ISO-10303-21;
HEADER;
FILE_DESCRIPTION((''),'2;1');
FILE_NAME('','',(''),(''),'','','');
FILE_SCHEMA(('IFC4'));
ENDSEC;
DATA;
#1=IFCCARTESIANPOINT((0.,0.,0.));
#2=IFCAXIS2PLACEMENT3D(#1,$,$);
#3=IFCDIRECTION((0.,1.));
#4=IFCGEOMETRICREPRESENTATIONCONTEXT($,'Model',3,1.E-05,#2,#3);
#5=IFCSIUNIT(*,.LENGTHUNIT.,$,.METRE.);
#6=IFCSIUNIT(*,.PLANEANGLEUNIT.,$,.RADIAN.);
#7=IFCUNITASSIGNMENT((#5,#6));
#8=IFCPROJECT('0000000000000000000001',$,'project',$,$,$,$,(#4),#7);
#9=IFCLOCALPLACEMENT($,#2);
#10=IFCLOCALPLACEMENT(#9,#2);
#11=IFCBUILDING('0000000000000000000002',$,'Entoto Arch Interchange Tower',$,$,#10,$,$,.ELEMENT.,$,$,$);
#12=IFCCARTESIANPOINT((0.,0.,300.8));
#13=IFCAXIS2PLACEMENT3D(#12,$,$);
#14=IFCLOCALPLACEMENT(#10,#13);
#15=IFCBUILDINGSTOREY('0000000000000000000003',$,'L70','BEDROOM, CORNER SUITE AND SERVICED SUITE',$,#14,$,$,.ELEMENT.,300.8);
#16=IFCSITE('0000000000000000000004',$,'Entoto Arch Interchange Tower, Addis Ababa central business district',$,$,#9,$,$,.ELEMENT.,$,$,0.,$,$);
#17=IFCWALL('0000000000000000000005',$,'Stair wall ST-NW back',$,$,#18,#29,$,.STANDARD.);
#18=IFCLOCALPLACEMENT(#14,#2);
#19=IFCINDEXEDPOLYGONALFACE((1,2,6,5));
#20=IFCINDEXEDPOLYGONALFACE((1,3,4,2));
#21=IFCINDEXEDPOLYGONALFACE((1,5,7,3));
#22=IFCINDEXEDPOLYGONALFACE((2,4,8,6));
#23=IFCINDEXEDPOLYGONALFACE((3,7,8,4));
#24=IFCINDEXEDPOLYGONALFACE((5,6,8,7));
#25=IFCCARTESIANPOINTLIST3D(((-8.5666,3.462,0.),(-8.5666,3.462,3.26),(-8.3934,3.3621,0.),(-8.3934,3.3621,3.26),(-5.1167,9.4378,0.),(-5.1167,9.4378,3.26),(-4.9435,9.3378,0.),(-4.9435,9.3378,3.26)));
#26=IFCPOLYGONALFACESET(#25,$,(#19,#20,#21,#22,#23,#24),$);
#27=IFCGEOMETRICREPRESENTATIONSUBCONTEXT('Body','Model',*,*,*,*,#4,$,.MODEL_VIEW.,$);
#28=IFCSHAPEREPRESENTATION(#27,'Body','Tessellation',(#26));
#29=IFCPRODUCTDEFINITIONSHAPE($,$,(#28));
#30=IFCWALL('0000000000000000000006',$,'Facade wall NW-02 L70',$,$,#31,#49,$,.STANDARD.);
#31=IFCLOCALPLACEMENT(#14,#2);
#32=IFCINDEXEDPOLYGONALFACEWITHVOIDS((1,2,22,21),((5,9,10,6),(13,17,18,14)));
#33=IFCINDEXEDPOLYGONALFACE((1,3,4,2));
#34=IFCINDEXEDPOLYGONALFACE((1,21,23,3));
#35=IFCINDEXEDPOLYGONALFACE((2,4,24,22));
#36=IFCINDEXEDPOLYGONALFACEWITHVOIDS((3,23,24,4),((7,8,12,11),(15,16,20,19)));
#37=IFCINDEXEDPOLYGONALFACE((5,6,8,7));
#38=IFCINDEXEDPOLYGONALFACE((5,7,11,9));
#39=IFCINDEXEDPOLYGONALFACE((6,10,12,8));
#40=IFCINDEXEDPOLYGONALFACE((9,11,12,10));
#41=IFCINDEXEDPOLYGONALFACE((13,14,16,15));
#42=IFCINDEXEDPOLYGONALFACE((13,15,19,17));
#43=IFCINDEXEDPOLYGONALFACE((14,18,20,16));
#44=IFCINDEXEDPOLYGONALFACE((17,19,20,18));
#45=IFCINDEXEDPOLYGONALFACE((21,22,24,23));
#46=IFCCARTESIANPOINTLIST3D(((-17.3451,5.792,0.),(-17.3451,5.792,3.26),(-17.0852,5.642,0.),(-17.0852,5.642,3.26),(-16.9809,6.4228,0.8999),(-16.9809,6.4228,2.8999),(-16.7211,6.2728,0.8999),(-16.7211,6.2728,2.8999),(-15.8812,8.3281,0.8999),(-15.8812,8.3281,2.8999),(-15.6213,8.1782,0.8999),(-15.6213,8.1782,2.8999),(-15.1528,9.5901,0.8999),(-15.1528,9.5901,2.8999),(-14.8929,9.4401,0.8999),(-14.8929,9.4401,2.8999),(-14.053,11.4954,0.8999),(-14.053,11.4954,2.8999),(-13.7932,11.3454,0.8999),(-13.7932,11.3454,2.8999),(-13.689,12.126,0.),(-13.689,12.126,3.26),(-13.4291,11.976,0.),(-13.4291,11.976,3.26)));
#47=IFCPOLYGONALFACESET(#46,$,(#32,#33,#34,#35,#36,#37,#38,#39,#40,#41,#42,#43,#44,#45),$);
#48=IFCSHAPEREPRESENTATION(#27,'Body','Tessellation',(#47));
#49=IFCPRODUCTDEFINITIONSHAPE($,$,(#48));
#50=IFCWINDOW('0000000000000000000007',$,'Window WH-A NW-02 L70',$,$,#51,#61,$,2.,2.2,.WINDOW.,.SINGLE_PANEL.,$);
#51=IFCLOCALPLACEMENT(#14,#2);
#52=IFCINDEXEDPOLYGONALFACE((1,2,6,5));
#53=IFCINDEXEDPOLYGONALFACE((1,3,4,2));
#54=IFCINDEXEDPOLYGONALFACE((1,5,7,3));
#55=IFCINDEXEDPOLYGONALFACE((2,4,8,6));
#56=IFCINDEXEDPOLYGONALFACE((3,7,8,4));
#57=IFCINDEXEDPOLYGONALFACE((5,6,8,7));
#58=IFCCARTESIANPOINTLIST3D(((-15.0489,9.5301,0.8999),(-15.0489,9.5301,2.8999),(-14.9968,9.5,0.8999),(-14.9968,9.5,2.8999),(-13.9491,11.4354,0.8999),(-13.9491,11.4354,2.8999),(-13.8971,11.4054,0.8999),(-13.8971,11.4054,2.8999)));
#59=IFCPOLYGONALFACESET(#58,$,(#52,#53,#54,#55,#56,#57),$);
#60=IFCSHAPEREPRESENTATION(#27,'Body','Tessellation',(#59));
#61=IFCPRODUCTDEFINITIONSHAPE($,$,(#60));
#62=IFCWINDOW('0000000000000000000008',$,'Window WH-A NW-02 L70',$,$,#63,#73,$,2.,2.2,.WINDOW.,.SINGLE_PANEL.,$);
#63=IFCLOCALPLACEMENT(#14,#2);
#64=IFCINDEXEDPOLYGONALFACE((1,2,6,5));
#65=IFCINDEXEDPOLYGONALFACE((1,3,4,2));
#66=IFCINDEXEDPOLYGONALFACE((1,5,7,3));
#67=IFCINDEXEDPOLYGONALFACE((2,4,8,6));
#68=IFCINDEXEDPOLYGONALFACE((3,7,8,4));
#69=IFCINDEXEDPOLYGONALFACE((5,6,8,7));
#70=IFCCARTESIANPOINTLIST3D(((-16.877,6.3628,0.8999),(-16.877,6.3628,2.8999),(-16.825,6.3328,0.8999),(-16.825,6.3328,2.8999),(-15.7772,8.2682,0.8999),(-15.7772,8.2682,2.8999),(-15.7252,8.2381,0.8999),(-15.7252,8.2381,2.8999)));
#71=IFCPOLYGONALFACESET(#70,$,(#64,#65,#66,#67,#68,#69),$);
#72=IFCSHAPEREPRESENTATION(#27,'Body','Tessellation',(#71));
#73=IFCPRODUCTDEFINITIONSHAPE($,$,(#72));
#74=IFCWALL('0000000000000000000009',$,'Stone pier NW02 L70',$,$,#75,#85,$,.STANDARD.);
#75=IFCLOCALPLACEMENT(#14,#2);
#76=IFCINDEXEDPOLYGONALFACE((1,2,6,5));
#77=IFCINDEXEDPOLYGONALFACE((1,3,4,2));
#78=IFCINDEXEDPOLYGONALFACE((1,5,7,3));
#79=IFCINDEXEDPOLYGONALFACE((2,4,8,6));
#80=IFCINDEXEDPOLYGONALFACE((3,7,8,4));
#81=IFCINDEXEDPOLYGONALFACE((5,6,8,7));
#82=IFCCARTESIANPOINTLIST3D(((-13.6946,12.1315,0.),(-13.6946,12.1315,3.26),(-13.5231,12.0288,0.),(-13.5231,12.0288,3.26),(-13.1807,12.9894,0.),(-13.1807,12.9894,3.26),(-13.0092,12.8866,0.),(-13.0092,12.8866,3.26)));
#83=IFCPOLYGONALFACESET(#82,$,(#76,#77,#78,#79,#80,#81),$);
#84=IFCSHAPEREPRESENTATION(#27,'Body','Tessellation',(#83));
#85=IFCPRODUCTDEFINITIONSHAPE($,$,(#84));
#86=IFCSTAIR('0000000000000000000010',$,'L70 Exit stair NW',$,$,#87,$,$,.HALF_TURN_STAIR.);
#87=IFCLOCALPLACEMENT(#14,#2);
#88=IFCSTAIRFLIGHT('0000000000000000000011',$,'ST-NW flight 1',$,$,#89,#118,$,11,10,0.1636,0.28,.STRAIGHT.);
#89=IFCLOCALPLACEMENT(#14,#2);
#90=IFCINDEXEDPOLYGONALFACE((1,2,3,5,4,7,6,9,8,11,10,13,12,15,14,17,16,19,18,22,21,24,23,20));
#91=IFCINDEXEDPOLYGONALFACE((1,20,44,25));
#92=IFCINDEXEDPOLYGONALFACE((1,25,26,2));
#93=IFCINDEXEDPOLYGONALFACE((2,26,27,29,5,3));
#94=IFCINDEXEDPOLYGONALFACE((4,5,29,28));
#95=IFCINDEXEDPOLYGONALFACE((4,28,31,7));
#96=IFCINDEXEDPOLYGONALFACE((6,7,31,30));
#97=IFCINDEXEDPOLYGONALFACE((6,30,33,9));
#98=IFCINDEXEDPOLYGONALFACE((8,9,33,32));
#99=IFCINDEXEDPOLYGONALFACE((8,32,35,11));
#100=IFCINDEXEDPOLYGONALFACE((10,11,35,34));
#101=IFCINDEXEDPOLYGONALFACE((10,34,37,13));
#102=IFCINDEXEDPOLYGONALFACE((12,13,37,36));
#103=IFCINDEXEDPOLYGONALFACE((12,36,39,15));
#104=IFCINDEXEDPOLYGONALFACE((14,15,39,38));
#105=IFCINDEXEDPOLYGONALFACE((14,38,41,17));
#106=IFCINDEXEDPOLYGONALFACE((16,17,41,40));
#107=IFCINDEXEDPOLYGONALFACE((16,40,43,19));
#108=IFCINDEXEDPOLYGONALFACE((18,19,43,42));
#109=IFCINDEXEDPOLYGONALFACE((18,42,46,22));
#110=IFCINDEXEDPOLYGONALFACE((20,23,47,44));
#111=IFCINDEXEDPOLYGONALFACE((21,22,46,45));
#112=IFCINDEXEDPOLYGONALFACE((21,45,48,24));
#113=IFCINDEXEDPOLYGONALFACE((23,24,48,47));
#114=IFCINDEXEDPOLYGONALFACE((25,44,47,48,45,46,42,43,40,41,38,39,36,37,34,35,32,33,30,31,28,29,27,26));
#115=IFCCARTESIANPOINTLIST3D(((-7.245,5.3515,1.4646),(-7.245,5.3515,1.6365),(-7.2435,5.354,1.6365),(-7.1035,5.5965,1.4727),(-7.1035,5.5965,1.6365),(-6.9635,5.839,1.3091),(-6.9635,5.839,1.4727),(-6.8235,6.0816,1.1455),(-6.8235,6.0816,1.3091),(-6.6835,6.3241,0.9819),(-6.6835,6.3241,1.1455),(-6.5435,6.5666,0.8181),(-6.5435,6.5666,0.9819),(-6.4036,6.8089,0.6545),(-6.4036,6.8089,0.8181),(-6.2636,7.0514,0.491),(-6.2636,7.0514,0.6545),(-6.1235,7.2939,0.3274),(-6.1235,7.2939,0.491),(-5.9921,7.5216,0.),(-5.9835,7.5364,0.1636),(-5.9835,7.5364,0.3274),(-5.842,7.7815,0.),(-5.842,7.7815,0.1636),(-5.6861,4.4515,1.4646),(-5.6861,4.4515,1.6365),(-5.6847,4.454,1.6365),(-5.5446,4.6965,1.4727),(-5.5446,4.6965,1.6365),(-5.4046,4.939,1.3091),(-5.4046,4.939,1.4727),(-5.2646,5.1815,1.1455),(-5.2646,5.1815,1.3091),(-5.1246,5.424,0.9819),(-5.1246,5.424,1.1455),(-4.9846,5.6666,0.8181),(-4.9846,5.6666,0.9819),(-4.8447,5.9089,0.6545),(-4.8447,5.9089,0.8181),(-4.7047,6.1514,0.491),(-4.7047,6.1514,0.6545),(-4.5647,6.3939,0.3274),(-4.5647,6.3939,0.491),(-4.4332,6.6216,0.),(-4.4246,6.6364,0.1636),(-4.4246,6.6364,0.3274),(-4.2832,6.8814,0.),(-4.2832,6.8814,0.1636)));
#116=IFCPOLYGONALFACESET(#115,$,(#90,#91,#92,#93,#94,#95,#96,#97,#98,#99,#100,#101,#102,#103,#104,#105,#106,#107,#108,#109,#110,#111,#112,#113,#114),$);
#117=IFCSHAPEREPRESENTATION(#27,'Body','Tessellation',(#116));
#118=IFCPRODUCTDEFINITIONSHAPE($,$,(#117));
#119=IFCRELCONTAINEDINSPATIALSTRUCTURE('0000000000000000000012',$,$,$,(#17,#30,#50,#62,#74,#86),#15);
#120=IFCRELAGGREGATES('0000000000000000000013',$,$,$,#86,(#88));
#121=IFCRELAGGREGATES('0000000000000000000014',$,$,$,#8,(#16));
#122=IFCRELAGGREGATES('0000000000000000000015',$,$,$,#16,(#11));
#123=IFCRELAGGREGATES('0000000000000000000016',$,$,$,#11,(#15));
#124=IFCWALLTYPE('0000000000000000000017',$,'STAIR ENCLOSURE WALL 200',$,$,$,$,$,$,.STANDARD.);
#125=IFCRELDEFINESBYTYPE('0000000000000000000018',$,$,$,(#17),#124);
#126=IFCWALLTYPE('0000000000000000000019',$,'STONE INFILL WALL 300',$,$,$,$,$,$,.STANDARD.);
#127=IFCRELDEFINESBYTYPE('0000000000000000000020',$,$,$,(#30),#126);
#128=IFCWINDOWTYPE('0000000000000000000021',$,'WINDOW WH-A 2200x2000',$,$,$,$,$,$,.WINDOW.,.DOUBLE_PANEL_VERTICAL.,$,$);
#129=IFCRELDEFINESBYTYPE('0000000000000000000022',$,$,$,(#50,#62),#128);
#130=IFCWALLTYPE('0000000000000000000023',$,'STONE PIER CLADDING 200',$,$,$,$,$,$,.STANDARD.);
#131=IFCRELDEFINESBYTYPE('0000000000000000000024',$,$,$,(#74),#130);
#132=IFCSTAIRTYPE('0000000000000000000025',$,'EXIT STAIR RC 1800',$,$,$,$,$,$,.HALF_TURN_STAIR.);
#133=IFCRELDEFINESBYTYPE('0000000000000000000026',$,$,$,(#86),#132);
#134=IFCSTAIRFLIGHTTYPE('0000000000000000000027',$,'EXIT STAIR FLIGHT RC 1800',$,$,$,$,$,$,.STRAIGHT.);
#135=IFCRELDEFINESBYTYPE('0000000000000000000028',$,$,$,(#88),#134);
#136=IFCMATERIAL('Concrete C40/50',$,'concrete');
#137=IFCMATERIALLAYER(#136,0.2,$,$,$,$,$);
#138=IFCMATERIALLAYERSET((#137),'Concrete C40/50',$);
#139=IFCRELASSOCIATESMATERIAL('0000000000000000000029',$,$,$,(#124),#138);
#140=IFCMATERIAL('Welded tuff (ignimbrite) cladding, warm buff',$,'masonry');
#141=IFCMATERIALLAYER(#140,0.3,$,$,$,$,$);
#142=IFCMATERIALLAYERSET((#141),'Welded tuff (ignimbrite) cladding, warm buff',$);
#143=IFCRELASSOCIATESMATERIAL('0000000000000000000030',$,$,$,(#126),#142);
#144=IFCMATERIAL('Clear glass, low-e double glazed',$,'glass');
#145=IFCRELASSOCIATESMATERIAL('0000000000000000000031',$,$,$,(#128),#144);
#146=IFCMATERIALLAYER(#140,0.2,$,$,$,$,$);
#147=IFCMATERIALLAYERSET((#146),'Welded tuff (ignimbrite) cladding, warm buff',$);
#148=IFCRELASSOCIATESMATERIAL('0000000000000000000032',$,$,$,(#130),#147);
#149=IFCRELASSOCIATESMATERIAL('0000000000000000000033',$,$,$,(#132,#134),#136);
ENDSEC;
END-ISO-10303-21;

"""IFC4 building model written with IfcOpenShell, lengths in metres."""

from ifc_helpers import new_model, si_unit, direction, frame, frame_2d, origin, place, context, subcontext, project, spatial, polyline, rectangle, outline, extrude, material, layer, layer_set, type_object, element, fill, aggregate, save


model = new_model("IFC4")

# Units and contexts
model_context = context("Model", 3, precision=1e-05, world=origin(), true_north=direction((0.0, 1.0)))
body_context = subcontext(model_context, "Body", "Model", "MODEL_VIEW")
ifc_project = project(units=[si_unit("LENGTHUNIT", "METRE"), si_unit("PLANEANGLEUNIT", "RADIAN")], contexts=[model_context])

# Site, building, storey
site_placement = place(None, origin())
site = spatial("IfcSite", under=ifc_project, at=site_placement, Name="Entoto Arch Interchange Tower, Addis Ababa central business district", CompositionType="ELEMENT", RefElevation=0.0)
building_placement = place(site_placement, origin())
building = spatial("IfcBuilding", under=site, at=building_placement, Name="Entoto Arch Interchange Tower", CompositionType="ELEMENT")
storey_placement = place(building_placement, frame((0.0, 0.0, 300.8)))
storey = spatial("IfcBuildingStorey", under=building, at=storey_placement, Name="L70", Description="BEDROOM, CORNER SUITE AND SERVICED SUITE", CompositionType="ELEMENT", Elevation=300.8)

# Shared definitions
ifc_material_1 = material(Name="Concrete C40/50", Category="concrete")

# Shared definitions
ifc_layer_1 = layer(ifc_material_1, 0.2)
ifc_layer_set_1 = layer_set([ifc_layer_1], Name="Concrete C40/50")
wall_type_1 = type_object("IfcWallType", Name="STAIR ENCLOSURE WALL 200", PredefinedType="STANDARD", material=ifc_layer_set_1)

# Wall
wall_1_placement = place(storey_placement, frame((-5.03, 9.3879, 0.0), z_axis=(0.0, 0.0, 1.0), x_axis=(-0.499979, -0.866038, 0.0)))
element("IfcWall", 1, at=wall_1_placement, inside=storey, type_object=wall_type_1, Name="Stair wall ST-NW back", PredefinedType="STANDARD", context=body_context, shape_type="SweptSolid", body=[
    extrude(rectangle(XDim=6.9001, YDim=0.2, at=frame_2d((3.4502, 0.0))), origin(), (0.0, 0.0, 1.0), 3.26),
])

# Wall, openings, windows
ifc_material_2 = material(Name="Welded tuff (ignimbrite) cladding, warm buff", Category="masonry")
ifc_layer_2 = layer(ifc_material_2, 0.3)
ifc_layer_set_2 = layer_set([ifc_layer_2], Name="Welded tuff (ignimbrite) cladding, warm buff")
wall_type_2 = type_object("IfcWallType", Name="STONE INFILL WALL 300", PredefinedType="STANDARD", material=ifc_layer_set_2)
wall_2_placement = place(storey_placement, frame((-13.5591, 12.051, 0.0), z_axis=(0.0, 0.0, 1.0), x_axis=(-0.499905, -0.86608, 0.0)))
wall_2 = element("IfcWall", 2, at=wall_2_placement, inside=storey, type_object=wall_type_2, Name="Facade wall NW-02 L70", PredefinedType="STANDARD", context=body_context, shape_type="SweptSolid", body=[
    extrude(rectangle(XDim=7.3135, YDim=0.3, at=frame_2d((3.6567, 0.0))), origin(), (0.0, 0.0, 1.0), 3.26),
])
opening_1_placement = place(wall_2_placement, frame((0.728, 0.0, 0.8999)))
opening_1 = element("IfcOpeningElement", 3, at=opening_1_placement, cuts=wall_2, PredefinedType="OPENING", context=body_context, shape_type="SweptSolid", body=[
    extrude(rectangle(XDim=2.2, YDim=2.0, at=frame_2d((1.1001, 1.0))), frame((0.0, 0.1602, 0.0), z_axis=(0.0, -1.0, 0.0), x_axis=(1.0, 0.0, 0.0)), (0.0, 0.0, 1.0), 0.3201),
])
opening_2_placement = place(wall_2_placement, frame((4.385, 0.0, 0.8999)))
opening_2 = element("IfcOpeningElement", 4, at=opening_2_placement, cuts=wall_2, PredefinedType="OPENING", context=body_context, shape_type="SweptSolid", body=[
    extrude(rectangle(XDim=2.2, YDim=2.0, at=frame_2d((1.1001, 1.0))), frame((0.0, 0.1602, 0.0), z_axis=(0.0, -1.0, 0.0), x_axis=(1.0, 0.0, 0.0)), (0.0, 0.0, 1.0), 0.3201),
])
ifc_material_3 = material(Name="Clear glass, low-e double glazed", Category="glass")
window_type = type_object("IfcWindowType", Name="WINDOW WH-A 2200x2000", PartitioningType="DOUBLE_PANEL_VERTICAL", PredefinedType="WINDOW", material=ifc_material_3)
window_1_placement = place(opening_1_placement, origin())
window_1 = element("IfcWindow", 5, at=window_1_placement, inside=storey, type_object=window_type, Name="Window WH-A NW-02 L70", OverallHeight=2.0, OverallWidth=2.2, PartitioningType="SINGLE_PANEL", PredefinedType="WINDOW", context=body_context, shape_type="SweptSolid", body=[
    extrude(rectangle(XDim=2.2, YDim=2.0, at=frame_2d((1.1001, 1.0))), frame((0.0, 0.03, 0.0), z_axis=(0.0, -1.0, 0.0), x_axis=(1.0, 0.0, 0.0)), (0.0, 0.0, 1.0), 0.0601),
])
fill(opening_1, window_1)
window_2_placement = place(opening_2_placement, origin())
window_2 = element("IfcWindow", 6, at=window_2_placement, inside=storey, type_object=window_type, Name="Window WH-A NW-02 L70", OverallHeight=2.0, OverallWidth=2.2, PartitioningType="SINGLE_PANEL", PredefinedType="WINDOW", context=body_context, shape_type="SweptSolid", body=[
    extrude(rectangle(XDim=2.2, YDim=2.0, at=frame_2d((1.1001, 1.0))), frame((0.0, 0.03, 0.0), z_axis=(0.0, -1.0, 0.0), x_axis=(1.0, 0.0, 0.0)), (0.0, 0.0, 1.0), 0.0601),
])
fill(opening_2, window_2)

# Wall
ifc_layer_3 = layer(ifc_material_2, 0.2)
ifc_layer_set_3 = layer_set([ifc_layer_3], Name="Welded tuff (ignimbrite) cladding, warm buff")
wall_type_3 = type_object("IfcWallType", Name="STONE PIER CLADDING 200", PredefinedType="STANDARD", material=ifc_layer_set_3)
wall_3_placement = place(storey_placement, frame((-13.095, 12.938, 0.0), z_axis=(0.0, 0.0, 1.0), x_axis=(-0.513885, -0.857859, 0.0)))
element("IfcWall", 7, at=wall_3_placement, inside=storey, type_object=wall_type_3, Name="Stone pier NW02 L70", PredefinedType="STANDARD", context=body_context, shape_type="SweptSolid", body=[
    extrude(rectangle(XDim=1.0, YDim=0.2, at=frame_2d((0.5, 0.0))), origin(), (0.0, 0.0, 1.0), 3.26),
])

# Stair, stair flight
stair_type = type_object("IfcStairType", Name="EXIT STAIR RC 1800", PredefinedType="HALF_TURN_STAIR", material=ifc_material_1)
stair_placement = place(storey_placement, origin())
stair = element("IfcStair", 8, at=stair_placement, inside=storey, type_object=stair_type, Name="L70 Exit stair NW", PredefinedType="HALF_TURN_STAIR")
stair_flight_type = type_object("IfcStairFlightType", Name="EXIT STAIR FLIGHT RC 1800", PredefinedType="STRAIGHT", material=ifc_material_1)
stair_flight_placement = place(storey_placement, frame((-5.064, 7.3289, 0.0), z_axis=(0.0, 0.0, 1.0), x_axis=(-0.5, -0.866025, 0.0)))
stair_flight = element("IfcStairFlight", 9, at=stair_flight_placement, type_object=stair_flight_type, Name="ST-NW flight 1", NumberOfRisers=11, NumberOfTreads=10, PredefinedType="STRAIGHT", RiserHeight=0.1636, TreadLength=0.28, context=body_context, shape_type="SweptSolid", body=[
    extrude(outline(polyline([(-0.0029, 0.0), (-0.0029, 0.1636), (0.28, 0.1636), (0.28, 0.3274), (0.5601, 0.3274), (0.5601, 0.491), (0.8401, 0.491), (0.8401, 0.6545), (1.1201, 0.6545), (1.1201, 0.8181), (1.3999, 0.8181), (1.3999, 0.9819), (1.6799, 0.9819), (1.6799, 1.1455), (1.96, 1.1455), (1.96, 1.3091), (2.24, 1.3091), (2.24, 1.4727), (2.52, 1.4727), (2.52, 1.6365), (2.8, 1.6365), (2.803, 1.6365), (2.803, 1.4646), (0.2971, 0.0), (-0.0029, 0.0)])), frame((0.0, 0.8999, 0.0), z_axis=(0.0, -1.0, 0.0), x_axis=(1.0, 0.0, 0.0)), (0.0, 0.0, 1.0), 1.8),
])
aggregate(stair, [stair_flight])

save(model, "model.ifc")
